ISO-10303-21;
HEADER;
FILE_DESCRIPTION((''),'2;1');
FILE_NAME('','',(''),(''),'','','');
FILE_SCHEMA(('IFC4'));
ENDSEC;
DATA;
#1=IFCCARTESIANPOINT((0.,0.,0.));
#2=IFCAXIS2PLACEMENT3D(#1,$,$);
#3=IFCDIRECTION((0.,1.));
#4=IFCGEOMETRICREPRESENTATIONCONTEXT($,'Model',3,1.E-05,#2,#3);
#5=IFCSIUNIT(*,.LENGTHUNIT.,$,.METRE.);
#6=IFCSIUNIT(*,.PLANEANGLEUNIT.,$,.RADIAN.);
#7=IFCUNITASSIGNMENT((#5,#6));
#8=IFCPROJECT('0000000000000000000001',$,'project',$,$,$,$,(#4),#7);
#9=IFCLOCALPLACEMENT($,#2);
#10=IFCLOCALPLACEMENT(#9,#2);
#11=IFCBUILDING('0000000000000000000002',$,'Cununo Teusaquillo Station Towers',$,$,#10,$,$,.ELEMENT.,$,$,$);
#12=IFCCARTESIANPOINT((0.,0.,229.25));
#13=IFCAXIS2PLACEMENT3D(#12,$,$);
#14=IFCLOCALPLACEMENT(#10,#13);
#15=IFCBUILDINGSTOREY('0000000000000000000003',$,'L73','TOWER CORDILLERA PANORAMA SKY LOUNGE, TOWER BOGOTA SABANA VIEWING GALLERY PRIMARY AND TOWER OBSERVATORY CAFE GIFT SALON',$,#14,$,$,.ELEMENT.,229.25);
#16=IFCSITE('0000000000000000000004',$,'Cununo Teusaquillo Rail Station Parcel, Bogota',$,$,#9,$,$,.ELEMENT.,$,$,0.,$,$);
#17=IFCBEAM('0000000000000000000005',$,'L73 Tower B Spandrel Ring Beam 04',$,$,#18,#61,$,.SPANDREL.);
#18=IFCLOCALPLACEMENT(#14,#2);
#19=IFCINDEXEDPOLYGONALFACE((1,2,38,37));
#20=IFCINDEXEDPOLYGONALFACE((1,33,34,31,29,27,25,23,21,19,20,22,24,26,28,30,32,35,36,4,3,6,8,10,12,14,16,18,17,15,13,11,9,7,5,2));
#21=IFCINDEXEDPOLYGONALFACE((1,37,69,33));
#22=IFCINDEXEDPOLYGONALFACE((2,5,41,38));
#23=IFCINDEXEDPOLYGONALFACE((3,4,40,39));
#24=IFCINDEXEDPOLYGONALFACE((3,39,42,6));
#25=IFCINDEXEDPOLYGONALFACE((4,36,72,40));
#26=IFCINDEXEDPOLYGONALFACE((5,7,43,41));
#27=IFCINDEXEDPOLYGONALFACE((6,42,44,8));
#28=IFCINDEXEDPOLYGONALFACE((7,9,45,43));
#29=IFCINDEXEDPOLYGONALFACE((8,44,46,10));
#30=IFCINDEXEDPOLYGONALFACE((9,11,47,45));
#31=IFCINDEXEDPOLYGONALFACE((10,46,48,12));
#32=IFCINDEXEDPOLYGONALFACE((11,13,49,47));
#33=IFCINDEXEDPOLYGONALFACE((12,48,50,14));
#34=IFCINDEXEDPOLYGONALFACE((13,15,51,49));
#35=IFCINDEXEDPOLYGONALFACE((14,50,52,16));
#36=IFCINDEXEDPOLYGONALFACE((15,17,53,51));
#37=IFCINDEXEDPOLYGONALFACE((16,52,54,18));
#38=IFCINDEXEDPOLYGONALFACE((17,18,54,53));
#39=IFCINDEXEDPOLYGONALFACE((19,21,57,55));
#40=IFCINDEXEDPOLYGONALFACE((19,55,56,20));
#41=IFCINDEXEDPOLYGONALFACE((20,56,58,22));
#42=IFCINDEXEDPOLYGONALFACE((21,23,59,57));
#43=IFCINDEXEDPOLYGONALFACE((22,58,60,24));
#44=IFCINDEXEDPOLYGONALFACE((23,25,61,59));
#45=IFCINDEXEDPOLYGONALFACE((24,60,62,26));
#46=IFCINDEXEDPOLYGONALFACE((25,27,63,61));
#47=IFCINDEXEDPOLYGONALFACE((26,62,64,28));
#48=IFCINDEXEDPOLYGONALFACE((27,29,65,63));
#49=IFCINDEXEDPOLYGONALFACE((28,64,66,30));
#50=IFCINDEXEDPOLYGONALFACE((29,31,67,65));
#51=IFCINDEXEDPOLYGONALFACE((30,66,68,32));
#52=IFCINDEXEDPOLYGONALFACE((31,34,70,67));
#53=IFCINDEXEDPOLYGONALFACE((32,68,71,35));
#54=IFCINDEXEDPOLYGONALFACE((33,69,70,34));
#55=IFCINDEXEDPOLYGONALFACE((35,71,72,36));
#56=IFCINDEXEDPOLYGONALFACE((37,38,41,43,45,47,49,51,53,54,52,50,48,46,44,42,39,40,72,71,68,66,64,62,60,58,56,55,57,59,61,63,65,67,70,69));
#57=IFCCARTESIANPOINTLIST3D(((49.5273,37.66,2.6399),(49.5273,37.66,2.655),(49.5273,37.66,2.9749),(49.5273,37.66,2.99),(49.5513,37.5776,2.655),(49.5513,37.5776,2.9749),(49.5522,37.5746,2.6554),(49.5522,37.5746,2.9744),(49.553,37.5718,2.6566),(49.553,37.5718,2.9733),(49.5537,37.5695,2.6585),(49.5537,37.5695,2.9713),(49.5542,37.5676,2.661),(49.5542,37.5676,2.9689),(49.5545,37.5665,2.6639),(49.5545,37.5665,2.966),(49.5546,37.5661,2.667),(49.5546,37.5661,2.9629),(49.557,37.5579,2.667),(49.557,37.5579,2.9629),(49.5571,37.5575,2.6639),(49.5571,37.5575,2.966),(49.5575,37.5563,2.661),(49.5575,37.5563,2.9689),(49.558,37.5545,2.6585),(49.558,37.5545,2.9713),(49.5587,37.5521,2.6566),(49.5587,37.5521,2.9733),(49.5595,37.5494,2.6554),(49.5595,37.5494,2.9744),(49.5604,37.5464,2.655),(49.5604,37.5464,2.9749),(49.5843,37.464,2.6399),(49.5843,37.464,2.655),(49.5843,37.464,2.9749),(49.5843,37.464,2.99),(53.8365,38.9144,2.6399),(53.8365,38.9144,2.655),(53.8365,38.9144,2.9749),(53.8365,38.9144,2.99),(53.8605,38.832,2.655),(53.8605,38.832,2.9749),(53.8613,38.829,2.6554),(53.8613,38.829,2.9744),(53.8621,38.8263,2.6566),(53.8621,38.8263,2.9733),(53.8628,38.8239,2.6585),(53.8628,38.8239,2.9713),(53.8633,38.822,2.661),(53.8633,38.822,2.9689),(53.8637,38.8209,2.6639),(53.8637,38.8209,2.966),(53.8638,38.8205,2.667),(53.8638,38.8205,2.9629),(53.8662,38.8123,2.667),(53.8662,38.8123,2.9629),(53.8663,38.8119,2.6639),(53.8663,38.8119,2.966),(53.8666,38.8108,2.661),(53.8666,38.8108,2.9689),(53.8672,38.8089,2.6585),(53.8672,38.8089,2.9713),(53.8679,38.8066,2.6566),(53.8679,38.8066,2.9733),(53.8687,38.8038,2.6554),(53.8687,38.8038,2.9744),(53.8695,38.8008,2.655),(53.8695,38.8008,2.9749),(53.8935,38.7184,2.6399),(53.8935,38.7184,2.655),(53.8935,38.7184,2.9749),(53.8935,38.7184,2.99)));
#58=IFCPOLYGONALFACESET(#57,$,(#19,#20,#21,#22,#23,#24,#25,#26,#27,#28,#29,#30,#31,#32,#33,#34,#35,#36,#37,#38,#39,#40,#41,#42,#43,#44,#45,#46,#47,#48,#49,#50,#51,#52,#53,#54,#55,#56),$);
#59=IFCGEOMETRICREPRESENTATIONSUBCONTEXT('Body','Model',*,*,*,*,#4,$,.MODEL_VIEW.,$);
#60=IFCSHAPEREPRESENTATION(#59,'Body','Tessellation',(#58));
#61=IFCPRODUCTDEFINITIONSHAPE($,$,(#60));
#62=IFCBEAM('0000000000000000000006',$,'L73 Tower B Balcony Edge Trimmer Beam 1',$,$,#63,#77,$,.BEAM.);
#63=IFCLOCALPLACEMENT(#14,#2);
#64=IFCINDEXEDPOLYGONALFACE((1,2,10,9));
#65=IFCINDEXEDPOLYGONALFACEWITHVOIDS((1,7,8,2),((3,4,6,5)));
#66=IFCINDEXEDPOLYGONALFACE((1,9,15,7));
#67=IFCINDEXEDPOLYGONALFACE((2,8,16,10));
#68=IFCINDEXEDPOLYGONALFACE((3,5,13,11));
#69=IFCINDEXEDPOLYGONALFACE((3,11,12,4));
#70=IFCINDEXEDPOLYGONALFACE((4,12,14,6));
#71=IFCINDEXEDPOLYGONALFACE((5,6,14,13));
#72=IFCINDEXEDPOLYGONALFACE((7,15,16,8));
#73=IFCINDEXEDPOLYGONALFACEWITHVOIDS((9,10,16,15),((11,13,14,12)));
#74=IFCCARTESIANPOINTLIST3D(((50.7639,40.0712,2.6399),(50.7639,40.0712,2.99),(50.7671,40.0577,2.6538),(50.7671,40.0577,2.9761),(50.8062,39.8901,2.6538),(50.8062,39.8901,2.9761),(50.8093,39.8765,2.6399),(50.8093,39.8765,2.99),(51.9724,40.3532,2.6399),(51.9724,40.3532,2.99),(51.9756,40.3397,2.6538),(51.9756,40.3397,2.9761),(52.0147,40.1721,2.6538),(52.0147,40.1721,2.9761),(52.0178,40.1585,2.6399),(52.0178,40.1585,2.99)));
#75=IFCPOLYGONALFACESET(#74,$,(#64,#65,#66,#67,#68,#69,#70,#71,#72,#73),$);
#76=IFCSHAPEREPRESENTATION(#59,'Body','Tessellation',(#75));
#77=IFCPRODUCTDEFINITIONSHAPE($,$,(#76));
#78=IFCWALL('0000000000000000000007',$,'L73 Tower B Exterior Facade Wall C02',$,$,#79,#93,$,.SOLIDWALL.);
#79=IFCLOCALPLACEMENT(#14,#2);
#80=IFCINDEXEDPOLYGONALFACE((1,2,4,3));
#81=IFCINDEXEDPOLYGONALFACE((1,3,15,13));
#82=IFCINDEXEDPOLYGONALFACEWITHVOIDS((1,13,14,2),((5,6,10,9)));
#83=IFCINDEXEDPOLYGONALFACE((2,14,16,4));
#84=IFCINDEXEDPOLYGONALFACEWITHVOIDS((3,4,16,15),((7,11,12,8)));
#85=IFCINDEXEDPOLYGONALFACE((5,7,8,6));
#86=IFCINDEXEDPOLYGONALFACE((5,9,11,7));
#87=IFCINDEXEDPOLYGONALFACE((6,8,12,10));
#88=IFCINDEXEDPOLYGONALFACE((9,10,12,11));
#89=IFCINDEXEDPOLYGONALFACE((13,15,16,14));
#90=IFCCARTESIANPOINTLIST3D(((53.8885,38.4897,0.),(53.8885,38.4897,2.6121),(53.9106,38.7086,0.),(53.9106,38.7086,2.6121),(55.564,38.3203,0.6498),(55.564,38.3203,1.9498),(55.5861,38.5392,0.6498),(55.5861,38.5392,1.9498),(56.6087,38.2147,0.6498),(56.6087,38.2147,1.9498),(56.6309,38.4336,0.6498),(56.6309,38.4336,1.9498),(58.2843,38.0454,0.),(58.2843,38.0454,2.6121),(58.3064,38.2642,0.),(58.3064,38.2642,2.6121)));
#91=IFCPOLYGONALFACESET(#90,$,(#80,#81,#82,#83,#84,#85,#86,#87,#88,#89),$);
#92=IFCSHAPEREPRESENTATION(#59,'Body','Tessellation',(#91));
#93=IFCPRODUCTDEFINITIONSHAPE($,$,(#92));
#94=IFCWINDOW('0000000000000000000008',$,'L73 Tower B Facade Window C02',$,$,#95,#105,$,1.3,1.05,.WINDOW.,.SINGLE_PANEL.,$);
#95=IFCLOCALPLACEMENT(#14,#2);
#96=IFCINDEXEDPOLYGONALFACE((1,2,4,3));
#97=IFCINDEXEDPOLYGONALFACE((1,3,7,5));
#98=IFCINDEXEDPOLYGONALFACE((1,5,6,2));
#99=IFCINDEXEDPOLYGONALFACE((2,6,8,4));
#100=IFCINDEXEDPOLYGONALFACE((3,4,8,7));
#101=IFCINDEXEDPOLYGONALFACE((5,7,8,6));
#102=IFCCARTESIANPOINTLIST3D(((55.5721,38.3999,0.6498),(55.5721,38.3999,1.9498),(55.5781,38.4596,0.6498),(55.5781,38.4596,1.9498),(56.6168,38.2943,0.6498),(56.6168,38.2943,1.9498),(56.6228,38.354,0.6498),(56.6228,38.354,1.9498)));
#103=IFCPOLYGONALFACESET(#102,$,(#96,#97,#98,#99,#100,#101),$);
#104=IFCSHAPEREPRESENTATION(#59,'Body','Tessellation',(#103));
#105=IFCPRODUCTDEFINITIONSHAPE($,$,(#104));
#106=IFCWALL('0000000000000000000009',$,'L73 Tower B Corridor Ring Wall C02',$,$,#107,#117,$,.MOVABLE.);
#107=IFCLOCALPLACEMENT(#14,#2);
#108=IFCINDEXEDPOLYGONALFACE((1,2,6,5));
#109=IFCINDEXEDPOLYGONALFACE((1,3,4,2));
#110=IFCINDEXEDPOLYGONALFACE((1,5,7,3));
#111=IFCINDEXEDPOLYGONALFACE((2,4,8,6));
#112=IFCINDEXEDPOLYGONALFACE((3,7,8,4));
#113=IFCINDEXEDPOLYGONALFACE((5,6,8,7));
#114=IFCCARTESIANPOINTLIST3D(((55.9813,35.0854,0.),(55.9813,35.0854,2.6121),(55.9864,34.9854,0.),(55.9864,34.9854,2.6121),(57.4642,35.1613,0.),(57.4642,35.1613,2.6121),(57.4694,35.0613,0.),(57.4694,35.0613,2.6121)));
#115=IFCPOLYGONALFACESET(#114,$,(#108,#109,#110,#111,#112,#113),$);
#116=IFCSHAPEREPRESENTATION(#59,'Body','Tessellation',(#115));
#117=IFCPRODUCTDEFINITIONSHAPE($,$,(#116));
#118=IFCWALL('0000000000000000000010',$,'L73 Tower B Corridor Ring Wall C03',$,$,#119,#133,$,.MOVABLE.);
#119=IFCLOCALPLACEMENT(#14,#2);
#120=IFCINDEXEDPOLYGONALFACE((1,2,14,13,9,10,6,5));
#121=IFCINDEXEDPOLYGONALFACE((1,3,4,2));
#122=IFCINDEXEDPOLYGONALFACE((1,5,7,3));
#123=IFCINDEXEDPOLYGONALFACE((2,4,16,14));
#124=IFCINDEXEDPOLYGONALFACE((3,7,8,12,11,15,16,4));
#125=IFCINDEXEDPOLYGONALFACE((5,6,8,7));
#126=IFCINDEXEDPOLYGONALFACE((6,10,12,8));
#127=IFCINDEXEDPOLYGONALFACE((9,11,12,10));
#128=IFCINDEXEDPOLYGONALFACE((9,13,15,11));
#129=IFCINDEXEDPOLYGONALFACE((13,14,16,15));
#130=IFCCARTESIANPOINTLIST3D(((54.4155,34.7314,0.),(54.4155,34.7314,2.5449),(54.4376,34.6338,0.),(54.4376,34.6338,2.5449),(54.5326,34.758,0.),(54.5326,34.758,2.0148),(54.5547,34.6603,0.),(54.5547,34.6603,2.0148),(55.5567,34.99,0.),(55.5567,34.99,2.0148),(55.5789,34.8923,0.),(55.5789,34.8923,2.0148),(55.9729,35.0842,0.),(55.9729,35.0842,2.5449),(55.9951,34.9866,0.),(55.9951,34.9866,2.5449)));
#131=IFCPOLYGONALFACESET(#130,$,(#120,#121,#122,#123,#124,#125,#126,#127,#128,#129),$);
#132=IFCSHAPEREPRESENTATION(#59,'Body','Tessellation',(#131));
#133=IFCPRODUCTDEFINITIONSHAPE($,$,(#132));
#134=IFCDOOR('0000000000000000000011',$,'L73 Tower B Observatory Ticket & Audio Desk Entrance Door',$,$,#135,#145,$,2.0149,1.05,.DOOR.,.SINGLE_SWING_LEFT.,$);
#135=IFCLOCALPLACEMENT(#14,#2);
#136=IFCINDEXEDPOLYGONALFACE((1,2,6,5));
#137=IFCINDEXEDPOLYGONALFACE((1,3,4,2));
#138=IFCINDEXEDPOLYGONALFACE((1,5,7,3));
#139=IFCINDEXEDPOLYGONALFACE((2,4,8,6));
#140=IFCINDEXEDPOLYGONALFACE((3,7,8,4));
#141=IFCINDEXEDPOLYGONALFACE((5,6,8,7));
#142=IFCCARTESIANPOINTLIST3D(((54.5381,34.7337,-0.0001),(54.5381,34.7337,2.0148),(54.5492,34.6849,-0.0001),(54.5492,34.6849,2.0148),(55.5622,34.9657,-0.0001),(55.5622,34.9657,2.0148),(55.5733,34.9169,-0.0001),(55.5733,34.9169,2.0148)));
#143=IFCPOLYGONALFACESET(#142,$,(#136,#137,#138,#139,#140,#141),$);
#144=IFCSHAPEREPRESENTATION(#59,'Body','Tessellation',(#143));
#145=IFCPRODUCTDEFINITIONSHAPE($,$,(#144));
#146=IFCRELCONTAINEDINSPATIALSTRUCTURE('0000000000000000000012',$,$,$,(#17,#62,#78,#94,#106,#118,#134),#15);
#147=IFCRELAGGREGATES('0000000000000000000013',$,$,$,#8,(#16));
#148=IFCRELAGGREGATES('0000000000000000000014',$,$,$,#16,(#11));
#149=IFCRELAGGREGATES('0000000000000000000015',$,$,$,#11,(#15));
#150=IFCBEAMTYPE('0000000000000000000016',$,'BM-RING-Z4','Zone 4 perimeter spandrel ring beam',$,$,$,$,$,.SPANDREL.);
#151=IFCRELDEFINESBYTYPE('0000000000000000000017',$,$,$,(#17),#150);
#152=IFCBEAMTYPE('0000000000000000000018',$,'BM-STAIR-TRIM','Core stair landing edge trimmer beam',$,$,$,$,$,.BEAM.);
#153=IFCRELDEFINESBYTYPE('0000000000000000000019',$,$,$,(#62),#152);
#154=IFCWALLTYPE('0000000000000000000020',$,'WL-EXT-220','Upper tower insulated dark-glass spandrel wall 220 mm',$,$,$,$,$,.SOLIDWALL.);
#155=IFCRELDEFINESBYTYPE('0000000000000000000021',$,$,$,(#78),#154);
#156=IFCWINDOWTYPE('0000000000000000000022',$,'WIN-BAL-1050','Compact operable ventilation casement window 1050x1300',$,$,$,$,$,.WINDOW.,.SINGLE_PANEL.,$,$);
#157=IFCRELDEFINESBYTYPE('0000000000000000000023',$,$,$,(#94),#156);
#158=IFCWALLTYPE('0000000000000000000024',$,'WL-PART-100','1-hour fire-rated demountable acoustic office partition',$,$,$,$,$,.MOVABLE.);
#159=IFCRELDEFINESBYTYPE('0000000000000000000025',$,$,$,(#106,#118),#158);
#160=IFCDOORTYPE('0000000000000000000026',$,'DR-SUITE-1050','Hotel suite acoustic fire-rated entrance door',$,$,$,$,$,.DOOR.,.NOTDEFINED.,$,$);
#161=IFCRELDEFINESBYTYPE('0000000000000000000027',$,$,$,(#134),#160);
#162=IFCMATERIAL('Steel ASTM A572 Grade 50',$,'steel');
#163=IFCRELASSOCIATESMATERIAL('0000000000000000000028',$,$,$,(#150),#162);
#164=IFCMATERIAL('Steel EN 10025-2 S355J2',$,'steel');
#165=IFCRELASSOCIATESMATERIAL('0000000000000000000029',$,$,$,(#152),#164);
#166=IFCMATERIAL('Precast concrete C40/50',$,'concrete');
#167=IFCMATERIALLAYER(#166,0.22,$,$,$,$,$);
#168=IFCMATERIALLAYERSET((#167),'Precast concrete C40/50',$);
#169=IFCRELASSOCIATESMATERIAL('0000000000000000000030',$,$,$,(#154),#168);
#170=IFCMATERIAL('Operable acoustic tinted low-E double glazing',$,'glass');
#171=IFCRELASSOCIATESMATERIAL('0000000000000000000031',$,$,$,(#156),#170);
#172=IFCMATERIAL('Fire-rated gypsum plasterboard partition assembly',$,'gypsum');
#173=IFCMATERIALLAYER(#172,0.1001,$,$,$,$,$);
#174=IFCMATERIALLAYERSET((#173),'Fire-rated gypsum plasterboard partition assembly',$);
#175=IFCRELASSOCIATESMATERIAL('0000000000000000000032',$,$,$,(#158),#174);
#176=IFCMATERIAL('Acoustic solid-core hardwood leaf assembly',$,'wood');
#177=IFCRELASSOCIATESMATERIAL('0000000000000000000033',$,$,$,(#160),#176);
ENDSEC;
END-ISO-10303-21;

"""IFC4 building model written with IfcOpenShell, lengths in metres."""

from ifc_helpers import new_model, si_unit, direction, frame, frame_2d, origin, origin_2d, place, context, subcontext, project, spatial, rectangle, hollow_rectangle, i_section, extrude, source, transform, mapped, material, layer, layer_set, material_profile, profile_set, type_object, element, fill, save


model = new_model("IFC4")

# Units and contexts
model_context = context("Model", 3, precision=1e-05, world=origin(), true_north=direction((0.0, 1.0)))
body_context = subcontext(model_context, "Body", "Model", "MODEL_VIEW")
ifc_project = project(units=[si_unit("LENGTHUNIT", "METRE"), si_unit("PLANEANGLEUNIT", "RADIAN")], contexts=[model_context])

# Site, building, storey
site_placement = place(None, origin())
site = spatial("IfcSite", under=ifc_project, at=site_placement, Name="Cununo Teusaquillo Rail Station Parcel, Bogota", CompositionType="ELEMENT", RefElevation=0.0)
building_placement = place(site_placement, origin())
building = spatial("IfcBuilding", under=site, at=building_placement, Name="Cununo Teusaquillo Station Towers", CompositionType="ELEMENT")
storey_placement = place(building_placement, frame((0.0, 0.0, 229.25)))
storey = spatial("IfcBuildingStorey", under=building, at=storey_placement, Name="L73", Description="TOWER CORDILLERA PANORAMA SKY LOUNGE, TOWER BOGOTA SABANA VIEWING GALLERY PRIMARY AND TOWER OBSERVATORY CAFE GIFT SALON", CompositionType="ELEMENT", Elevation=229.25)

# Beams
ifc_material_1 = material(Name="Steel ASTM A572 Grade 50", Category="steel")
ifc_material_profile_1 = material_profile(ifc_material_1, i_section(OverallWidth=0.2041, OverallDepth=0.3501, WebThickness=0.0085, FlangeThickness=0.0151, FilletRadius=0.012, at=origin_2d()), Name="W14X48")
ifc_profile_set_1 = profile_set([ifc_material_profile_1], Name="Steel ASTM A572 Grade 50")
beam_type_1 = type_object("IfcBeamType", Name="BM-RING-Z4", Description="Zone 4 perimeter spandrel ring beam", PredefinedType="SPANDREL", material=ifc_profile_set_1)
beam_1_placement = place(storey_placement, frame((53.865, 38.8164, 2.8149), z_axis=(-0.960145, -0.279503, 0.0), x_axis=(0.279503, -0.960145, 0.0)))
element("IfcBeam", 1, at=beam_1_placement, inside=storey, type_object=beam_type_1, Name="L73 Tower B Spandrel Ring Beam 04", PredefinedType="SPANDREL", context=body_context, shape_type="SweptSolid", body=[
    extrude(i_section(OverallWidth=0.2041, OverallDepth=0.3501, WebThickness=0.0085, FlangeThickness=0.0151, FilletRadius=0.012, at=origin_2d()), origin(), (0.0, 0.0, 1.0), 4.488),
])
ifc_material_2 = material(Name="Steel EN 10025-2 S355J2", Category="steel")
ifc_material_profile_2 = material_profile(ifc_material_2, hollow_rectangle(XDim=0.2, YDim=0.3501, WallThickness=0.0139, at=origin_2d()), Name="RHS 350x200x14")
ifc_profile_set_2 = profile_set([ifc_material_profile_2], Name="Steel EN 10025-2 S355J2")
beam_type_2 = type_object("IfcBeamType", Name="BM-STAIR-TRIM", Description="Core stair landing edge trimmer beam", PredefinedType="BEAM", material=ifc_profile_set_2)
beam_2_placement = place(storey_placement, frame((51.9951, 40.2559, 2.8149), z_axis=(-0.973841, -0.22723, 0.0), x_axis=(0.22723, -0.973841, 0.0)))
element("IfcBeam", 2, at=beam_2_placement, inside=storey, type_object=beam_type_2, Name="L73 Tower B Balcony Edge Trimmer Beam 1", PredefinedType="BEAM", context=body_context, shape_type="SweptSolid", body=[
    extrude(hollow_rectangle(XDim=0.2, YDim=0.3501, WallThickness=0.0139, at=origin_2d()), origin(), (0.0, 0.0, 1.0), 1.241),
])

# Wall, opening, window
ifc_material_3 = material(Name="Precast concrete C40/50", Category="concrete")
ifc_layer_1 = layer(ifc_material_3, 0.22)
ifc_layer_set_1 = layer_set([ifc_layer_1], Name="Precast concrete C40/50")
wall_type_1 = type_object("IfcWallType", Name="WL-EXT-220", Description="Upper tower insulated dark-glass spandrel wall 220 mm", PredefinedType="SOLIDWALL", material=ifc_layer_set_1)
wall_1_placement = place(storey_placement, frame((53.8997, 38.5991, 0.0), z_axis=(0.0, 0.0, 1.0), x_axis=(0.99493, -0.100571, 0.0)))
wall_1 = element("IfcWall", 3, at=wall_1_placement, inside=storey, type_object=wall_type_1, Name="L73 Tower B Exterior Facade Wall C02", PredefinedType="SOLIDWALL", context=body_context, shape_type="SweptSolid", body=[
    extrude(rectangle(XDim=4.4182, YDim=0.22, at=frame_2d((2.209, 0.0))), origin(), (0.0, 0.0, 1.0), 2.6121),
])
shared_shape_1 = source(origin(), body_context, "Body", "SweptSolid", [
    extrude(rectangle(XDim=1.05, YDim=1.3, at=frame_2d((0.5249, 0.6499))), frame((0.0, 0.1199, 0.0), z_axis=(0.0, -1.0, 0.0), x_axis=(1.0, 0.0, 0.0)), (0.0, 0.0, 1.0), 0.24),
])
opening_1_placement = place(wall_1_placement, frame((1.6841, 0.0, 0.6499)))
opening_1 = element("IfcOpeningElement", 4, at=opening_1_placement, cuts=wall_1, PredefinedType="OPENING", context=body_context, shape_type="MappedRepresentation", body=[
    mapped(shared_shape_1, transform((0.0, 0.0, 0.0), x_axis=(1.0, 0.0, 0.0), y_axis=(0.0, 1.0, 0.0), z_axis=(0.0, 0.0, 1.0), scale=1.0)),
])
ifc_material_4 = material(Name="Operable acoustic tinted low-E double glazing", Category="glass")
window_type = type_object("IfcWindowType", Name="WIN-BAL-1050", Description="Compact operable ventilation casement window 1050x1300", PartitioningType="SINGLE_PANEL", PredefinedType="WINDOW", material=ifc_material_4)
shared_shape_2 = source(origin(), body_context, "Body", "SweptSolid", [
    extrude(rectangle(XDim=1.05, YDim=1.3, at=frame_2d((0.5249, 0.6499))), frame((0.0, 0.03, 0.0), z_axis=(0.0, -1.0, 0.0), x_axis=(1.0, 0.0, 0.0)), (0.0, 0.0, 1.0), 0.0601),
])
window_placement = place(opening_1_placement, origin())
window = element("IfcWindow", 5, at=window_placement, inside=storey, type_object=window_type, Name="L73 Tower B Facade Window C02", OverallHeight=1.3, OverallWidth=1.05, PartitioningType="SINGLE_PANEL", PredefinedType="WINDOW", context=body_context, shape_type="MappedRepresentation", body=[
    mapped(shared_shape_2, transform((0.0, 0.0, 0.0), x_axis=(1.0, 0.0, 0.0), y_axis=(0.0, 1.0, 0.0), z_axis=(0.0, 0.0, 1.0), scale=1.0)),
])
fill(opening_1, window)

# Wall
ifc_material_5 = material(Name="Fire-rated gypsum plasterboard partition assembly", Category="gypsum")
ifc_layer_2 = layer(ifc_material_5, 0.1001)
ifc_layer_set_2 = layer_set([ifc_layer_2], Name="Fire-rated gypsum plasterboard partition assembly")
wall_type_2 = type_object("IfcWallType", Name="WL-PART-100", Description="1-hour fire-rated demountable acoustic office partition", PredefinedType="MOVABLE", material=ifc_layer_set_2)
wall_2_placement = place(storey_placement, frame((57.4668, 35.1113, 0.0), z_axis=(0.0, 0.0, 1.0), x_axis=(-0.998692, -0.051135, 0.0)))
element("IfcWall", 6, at=wall_2_placement, inside=storey, type_object=wall_type_2, Name="L73 Tower B Corridor Ring Wall C02", PredefinedType="MOVABLE", context=body_context, shape_type="SweptSolid", body=[
    extrude(rectangle(XDim=1.4849, YDim=0.1001, at=frame_2d((0.7424, 0.0))), origin(), (0.0, 0.0, 1.0), 2.6121),
])

# Wall, opening, door
wall_3_placement = place(storey_placement, frame((55.9839, 35.0354, 0.0), z_axis=(0.0, 0.0, 1.0), x_axis=(-0.97529, -0.220927, 0.0)))
wall_3 = element("IfcWall", 7, at=wall_3_placement, inside=storey, type_object=wall_type_2, Name="L73 Tower B Corridor Ring Wall C03", PredefinedType="MOVABLE", context=body_context, shape_type="SweptSolid", body=[
    extrude(rectangle(XDim=1.5969, YDim=0.1001, at=frame_2d((0.7983, 0.0))), origin(), (0.0, 0.0, 1.0), 2.5449),
])
shared_shape_3 = source(origin(), body_context, "Body", "SweptSolid", [
    extrude(rectangle(XDim=1.05, YDim=2.0149, at=frame_2d((0.5249, 1.0073))), frame((0.0, 0.0601, 0.0), z_axis=(0.0, -1.0, 0.0), x_axis=(1.0, 0.0, 0.0)), (0.0, 0.0, 1.0), 0.1201),
])
opening_2_placement = place(wall_3_placement, frame((0.4268, 0.0, 0.0)))
opening_2 = element("IfcOpeningElement", 8, at=opening_2_placement, cuts=wall_3, PredefinedType="OPENING", context=body_context, shape_type="MappedRepresentation", body=[
    mapped(shared_shape_3, transform((0.0, 0.0, 0.0), x_axis=(1.0, 0.0, 0.0), y_axis=(0.0, 1.0, 0.0), z_axis=(0.0, 0.0, 1.0), scale=1.0)),
])
ifc_material_6 = material(Name="Acoustic solid-core hardwood leaf assembly", Category="wood")
door_type = type_object("IfcDoorType", Name="DR-SUITE-1050", Description="Hotel suite acoustic fire-rated entrance door", OperationType="NOTDEFINED", PredefinedType="DOOR", material=ifc_material_6)
shared_shape_4 = source(origin(), body_context, "Body", "SweptSolid", [
    extrude(rectangle(XDim=1.05, YDim=2.0149, at=frame_2d((0.5249, 1.0073))), frame((0.0, 0.0249, 0.0), z_axis=(0.0, -1.0, 0.0), x_axis=(1.0, 0.0, 0.0)), (0.0, 0.0, 1.0), 0.05),
])
door_1_placement = place(opening_2_placement, origin())
door_1 = element("IfcDoor", 9, at=door_1_placement, inside=storey, type_object=door_type, Name="L73 Tower B Observatory Ticket & Audio Desk Entrance Door", OperationType="SINGLE_SWING_LEFT", OverallHeight=2.0149, OverallWidth=1.05, PredefinedType="DOOR", context=body_context, shape_type="MappedRepresentation", body=[
    mapped(shared_shape_4, transform((0.0, 0.0, 0.0), x_axis=(1.0, 0.0, 0.0), y_axis=(0.0, 1.0, 0.0), z_axis=(0.0, 0.0, 1.0), scale=1.0)),
])
fill(opening_2, door_1)

save(model, "model.ifc")
